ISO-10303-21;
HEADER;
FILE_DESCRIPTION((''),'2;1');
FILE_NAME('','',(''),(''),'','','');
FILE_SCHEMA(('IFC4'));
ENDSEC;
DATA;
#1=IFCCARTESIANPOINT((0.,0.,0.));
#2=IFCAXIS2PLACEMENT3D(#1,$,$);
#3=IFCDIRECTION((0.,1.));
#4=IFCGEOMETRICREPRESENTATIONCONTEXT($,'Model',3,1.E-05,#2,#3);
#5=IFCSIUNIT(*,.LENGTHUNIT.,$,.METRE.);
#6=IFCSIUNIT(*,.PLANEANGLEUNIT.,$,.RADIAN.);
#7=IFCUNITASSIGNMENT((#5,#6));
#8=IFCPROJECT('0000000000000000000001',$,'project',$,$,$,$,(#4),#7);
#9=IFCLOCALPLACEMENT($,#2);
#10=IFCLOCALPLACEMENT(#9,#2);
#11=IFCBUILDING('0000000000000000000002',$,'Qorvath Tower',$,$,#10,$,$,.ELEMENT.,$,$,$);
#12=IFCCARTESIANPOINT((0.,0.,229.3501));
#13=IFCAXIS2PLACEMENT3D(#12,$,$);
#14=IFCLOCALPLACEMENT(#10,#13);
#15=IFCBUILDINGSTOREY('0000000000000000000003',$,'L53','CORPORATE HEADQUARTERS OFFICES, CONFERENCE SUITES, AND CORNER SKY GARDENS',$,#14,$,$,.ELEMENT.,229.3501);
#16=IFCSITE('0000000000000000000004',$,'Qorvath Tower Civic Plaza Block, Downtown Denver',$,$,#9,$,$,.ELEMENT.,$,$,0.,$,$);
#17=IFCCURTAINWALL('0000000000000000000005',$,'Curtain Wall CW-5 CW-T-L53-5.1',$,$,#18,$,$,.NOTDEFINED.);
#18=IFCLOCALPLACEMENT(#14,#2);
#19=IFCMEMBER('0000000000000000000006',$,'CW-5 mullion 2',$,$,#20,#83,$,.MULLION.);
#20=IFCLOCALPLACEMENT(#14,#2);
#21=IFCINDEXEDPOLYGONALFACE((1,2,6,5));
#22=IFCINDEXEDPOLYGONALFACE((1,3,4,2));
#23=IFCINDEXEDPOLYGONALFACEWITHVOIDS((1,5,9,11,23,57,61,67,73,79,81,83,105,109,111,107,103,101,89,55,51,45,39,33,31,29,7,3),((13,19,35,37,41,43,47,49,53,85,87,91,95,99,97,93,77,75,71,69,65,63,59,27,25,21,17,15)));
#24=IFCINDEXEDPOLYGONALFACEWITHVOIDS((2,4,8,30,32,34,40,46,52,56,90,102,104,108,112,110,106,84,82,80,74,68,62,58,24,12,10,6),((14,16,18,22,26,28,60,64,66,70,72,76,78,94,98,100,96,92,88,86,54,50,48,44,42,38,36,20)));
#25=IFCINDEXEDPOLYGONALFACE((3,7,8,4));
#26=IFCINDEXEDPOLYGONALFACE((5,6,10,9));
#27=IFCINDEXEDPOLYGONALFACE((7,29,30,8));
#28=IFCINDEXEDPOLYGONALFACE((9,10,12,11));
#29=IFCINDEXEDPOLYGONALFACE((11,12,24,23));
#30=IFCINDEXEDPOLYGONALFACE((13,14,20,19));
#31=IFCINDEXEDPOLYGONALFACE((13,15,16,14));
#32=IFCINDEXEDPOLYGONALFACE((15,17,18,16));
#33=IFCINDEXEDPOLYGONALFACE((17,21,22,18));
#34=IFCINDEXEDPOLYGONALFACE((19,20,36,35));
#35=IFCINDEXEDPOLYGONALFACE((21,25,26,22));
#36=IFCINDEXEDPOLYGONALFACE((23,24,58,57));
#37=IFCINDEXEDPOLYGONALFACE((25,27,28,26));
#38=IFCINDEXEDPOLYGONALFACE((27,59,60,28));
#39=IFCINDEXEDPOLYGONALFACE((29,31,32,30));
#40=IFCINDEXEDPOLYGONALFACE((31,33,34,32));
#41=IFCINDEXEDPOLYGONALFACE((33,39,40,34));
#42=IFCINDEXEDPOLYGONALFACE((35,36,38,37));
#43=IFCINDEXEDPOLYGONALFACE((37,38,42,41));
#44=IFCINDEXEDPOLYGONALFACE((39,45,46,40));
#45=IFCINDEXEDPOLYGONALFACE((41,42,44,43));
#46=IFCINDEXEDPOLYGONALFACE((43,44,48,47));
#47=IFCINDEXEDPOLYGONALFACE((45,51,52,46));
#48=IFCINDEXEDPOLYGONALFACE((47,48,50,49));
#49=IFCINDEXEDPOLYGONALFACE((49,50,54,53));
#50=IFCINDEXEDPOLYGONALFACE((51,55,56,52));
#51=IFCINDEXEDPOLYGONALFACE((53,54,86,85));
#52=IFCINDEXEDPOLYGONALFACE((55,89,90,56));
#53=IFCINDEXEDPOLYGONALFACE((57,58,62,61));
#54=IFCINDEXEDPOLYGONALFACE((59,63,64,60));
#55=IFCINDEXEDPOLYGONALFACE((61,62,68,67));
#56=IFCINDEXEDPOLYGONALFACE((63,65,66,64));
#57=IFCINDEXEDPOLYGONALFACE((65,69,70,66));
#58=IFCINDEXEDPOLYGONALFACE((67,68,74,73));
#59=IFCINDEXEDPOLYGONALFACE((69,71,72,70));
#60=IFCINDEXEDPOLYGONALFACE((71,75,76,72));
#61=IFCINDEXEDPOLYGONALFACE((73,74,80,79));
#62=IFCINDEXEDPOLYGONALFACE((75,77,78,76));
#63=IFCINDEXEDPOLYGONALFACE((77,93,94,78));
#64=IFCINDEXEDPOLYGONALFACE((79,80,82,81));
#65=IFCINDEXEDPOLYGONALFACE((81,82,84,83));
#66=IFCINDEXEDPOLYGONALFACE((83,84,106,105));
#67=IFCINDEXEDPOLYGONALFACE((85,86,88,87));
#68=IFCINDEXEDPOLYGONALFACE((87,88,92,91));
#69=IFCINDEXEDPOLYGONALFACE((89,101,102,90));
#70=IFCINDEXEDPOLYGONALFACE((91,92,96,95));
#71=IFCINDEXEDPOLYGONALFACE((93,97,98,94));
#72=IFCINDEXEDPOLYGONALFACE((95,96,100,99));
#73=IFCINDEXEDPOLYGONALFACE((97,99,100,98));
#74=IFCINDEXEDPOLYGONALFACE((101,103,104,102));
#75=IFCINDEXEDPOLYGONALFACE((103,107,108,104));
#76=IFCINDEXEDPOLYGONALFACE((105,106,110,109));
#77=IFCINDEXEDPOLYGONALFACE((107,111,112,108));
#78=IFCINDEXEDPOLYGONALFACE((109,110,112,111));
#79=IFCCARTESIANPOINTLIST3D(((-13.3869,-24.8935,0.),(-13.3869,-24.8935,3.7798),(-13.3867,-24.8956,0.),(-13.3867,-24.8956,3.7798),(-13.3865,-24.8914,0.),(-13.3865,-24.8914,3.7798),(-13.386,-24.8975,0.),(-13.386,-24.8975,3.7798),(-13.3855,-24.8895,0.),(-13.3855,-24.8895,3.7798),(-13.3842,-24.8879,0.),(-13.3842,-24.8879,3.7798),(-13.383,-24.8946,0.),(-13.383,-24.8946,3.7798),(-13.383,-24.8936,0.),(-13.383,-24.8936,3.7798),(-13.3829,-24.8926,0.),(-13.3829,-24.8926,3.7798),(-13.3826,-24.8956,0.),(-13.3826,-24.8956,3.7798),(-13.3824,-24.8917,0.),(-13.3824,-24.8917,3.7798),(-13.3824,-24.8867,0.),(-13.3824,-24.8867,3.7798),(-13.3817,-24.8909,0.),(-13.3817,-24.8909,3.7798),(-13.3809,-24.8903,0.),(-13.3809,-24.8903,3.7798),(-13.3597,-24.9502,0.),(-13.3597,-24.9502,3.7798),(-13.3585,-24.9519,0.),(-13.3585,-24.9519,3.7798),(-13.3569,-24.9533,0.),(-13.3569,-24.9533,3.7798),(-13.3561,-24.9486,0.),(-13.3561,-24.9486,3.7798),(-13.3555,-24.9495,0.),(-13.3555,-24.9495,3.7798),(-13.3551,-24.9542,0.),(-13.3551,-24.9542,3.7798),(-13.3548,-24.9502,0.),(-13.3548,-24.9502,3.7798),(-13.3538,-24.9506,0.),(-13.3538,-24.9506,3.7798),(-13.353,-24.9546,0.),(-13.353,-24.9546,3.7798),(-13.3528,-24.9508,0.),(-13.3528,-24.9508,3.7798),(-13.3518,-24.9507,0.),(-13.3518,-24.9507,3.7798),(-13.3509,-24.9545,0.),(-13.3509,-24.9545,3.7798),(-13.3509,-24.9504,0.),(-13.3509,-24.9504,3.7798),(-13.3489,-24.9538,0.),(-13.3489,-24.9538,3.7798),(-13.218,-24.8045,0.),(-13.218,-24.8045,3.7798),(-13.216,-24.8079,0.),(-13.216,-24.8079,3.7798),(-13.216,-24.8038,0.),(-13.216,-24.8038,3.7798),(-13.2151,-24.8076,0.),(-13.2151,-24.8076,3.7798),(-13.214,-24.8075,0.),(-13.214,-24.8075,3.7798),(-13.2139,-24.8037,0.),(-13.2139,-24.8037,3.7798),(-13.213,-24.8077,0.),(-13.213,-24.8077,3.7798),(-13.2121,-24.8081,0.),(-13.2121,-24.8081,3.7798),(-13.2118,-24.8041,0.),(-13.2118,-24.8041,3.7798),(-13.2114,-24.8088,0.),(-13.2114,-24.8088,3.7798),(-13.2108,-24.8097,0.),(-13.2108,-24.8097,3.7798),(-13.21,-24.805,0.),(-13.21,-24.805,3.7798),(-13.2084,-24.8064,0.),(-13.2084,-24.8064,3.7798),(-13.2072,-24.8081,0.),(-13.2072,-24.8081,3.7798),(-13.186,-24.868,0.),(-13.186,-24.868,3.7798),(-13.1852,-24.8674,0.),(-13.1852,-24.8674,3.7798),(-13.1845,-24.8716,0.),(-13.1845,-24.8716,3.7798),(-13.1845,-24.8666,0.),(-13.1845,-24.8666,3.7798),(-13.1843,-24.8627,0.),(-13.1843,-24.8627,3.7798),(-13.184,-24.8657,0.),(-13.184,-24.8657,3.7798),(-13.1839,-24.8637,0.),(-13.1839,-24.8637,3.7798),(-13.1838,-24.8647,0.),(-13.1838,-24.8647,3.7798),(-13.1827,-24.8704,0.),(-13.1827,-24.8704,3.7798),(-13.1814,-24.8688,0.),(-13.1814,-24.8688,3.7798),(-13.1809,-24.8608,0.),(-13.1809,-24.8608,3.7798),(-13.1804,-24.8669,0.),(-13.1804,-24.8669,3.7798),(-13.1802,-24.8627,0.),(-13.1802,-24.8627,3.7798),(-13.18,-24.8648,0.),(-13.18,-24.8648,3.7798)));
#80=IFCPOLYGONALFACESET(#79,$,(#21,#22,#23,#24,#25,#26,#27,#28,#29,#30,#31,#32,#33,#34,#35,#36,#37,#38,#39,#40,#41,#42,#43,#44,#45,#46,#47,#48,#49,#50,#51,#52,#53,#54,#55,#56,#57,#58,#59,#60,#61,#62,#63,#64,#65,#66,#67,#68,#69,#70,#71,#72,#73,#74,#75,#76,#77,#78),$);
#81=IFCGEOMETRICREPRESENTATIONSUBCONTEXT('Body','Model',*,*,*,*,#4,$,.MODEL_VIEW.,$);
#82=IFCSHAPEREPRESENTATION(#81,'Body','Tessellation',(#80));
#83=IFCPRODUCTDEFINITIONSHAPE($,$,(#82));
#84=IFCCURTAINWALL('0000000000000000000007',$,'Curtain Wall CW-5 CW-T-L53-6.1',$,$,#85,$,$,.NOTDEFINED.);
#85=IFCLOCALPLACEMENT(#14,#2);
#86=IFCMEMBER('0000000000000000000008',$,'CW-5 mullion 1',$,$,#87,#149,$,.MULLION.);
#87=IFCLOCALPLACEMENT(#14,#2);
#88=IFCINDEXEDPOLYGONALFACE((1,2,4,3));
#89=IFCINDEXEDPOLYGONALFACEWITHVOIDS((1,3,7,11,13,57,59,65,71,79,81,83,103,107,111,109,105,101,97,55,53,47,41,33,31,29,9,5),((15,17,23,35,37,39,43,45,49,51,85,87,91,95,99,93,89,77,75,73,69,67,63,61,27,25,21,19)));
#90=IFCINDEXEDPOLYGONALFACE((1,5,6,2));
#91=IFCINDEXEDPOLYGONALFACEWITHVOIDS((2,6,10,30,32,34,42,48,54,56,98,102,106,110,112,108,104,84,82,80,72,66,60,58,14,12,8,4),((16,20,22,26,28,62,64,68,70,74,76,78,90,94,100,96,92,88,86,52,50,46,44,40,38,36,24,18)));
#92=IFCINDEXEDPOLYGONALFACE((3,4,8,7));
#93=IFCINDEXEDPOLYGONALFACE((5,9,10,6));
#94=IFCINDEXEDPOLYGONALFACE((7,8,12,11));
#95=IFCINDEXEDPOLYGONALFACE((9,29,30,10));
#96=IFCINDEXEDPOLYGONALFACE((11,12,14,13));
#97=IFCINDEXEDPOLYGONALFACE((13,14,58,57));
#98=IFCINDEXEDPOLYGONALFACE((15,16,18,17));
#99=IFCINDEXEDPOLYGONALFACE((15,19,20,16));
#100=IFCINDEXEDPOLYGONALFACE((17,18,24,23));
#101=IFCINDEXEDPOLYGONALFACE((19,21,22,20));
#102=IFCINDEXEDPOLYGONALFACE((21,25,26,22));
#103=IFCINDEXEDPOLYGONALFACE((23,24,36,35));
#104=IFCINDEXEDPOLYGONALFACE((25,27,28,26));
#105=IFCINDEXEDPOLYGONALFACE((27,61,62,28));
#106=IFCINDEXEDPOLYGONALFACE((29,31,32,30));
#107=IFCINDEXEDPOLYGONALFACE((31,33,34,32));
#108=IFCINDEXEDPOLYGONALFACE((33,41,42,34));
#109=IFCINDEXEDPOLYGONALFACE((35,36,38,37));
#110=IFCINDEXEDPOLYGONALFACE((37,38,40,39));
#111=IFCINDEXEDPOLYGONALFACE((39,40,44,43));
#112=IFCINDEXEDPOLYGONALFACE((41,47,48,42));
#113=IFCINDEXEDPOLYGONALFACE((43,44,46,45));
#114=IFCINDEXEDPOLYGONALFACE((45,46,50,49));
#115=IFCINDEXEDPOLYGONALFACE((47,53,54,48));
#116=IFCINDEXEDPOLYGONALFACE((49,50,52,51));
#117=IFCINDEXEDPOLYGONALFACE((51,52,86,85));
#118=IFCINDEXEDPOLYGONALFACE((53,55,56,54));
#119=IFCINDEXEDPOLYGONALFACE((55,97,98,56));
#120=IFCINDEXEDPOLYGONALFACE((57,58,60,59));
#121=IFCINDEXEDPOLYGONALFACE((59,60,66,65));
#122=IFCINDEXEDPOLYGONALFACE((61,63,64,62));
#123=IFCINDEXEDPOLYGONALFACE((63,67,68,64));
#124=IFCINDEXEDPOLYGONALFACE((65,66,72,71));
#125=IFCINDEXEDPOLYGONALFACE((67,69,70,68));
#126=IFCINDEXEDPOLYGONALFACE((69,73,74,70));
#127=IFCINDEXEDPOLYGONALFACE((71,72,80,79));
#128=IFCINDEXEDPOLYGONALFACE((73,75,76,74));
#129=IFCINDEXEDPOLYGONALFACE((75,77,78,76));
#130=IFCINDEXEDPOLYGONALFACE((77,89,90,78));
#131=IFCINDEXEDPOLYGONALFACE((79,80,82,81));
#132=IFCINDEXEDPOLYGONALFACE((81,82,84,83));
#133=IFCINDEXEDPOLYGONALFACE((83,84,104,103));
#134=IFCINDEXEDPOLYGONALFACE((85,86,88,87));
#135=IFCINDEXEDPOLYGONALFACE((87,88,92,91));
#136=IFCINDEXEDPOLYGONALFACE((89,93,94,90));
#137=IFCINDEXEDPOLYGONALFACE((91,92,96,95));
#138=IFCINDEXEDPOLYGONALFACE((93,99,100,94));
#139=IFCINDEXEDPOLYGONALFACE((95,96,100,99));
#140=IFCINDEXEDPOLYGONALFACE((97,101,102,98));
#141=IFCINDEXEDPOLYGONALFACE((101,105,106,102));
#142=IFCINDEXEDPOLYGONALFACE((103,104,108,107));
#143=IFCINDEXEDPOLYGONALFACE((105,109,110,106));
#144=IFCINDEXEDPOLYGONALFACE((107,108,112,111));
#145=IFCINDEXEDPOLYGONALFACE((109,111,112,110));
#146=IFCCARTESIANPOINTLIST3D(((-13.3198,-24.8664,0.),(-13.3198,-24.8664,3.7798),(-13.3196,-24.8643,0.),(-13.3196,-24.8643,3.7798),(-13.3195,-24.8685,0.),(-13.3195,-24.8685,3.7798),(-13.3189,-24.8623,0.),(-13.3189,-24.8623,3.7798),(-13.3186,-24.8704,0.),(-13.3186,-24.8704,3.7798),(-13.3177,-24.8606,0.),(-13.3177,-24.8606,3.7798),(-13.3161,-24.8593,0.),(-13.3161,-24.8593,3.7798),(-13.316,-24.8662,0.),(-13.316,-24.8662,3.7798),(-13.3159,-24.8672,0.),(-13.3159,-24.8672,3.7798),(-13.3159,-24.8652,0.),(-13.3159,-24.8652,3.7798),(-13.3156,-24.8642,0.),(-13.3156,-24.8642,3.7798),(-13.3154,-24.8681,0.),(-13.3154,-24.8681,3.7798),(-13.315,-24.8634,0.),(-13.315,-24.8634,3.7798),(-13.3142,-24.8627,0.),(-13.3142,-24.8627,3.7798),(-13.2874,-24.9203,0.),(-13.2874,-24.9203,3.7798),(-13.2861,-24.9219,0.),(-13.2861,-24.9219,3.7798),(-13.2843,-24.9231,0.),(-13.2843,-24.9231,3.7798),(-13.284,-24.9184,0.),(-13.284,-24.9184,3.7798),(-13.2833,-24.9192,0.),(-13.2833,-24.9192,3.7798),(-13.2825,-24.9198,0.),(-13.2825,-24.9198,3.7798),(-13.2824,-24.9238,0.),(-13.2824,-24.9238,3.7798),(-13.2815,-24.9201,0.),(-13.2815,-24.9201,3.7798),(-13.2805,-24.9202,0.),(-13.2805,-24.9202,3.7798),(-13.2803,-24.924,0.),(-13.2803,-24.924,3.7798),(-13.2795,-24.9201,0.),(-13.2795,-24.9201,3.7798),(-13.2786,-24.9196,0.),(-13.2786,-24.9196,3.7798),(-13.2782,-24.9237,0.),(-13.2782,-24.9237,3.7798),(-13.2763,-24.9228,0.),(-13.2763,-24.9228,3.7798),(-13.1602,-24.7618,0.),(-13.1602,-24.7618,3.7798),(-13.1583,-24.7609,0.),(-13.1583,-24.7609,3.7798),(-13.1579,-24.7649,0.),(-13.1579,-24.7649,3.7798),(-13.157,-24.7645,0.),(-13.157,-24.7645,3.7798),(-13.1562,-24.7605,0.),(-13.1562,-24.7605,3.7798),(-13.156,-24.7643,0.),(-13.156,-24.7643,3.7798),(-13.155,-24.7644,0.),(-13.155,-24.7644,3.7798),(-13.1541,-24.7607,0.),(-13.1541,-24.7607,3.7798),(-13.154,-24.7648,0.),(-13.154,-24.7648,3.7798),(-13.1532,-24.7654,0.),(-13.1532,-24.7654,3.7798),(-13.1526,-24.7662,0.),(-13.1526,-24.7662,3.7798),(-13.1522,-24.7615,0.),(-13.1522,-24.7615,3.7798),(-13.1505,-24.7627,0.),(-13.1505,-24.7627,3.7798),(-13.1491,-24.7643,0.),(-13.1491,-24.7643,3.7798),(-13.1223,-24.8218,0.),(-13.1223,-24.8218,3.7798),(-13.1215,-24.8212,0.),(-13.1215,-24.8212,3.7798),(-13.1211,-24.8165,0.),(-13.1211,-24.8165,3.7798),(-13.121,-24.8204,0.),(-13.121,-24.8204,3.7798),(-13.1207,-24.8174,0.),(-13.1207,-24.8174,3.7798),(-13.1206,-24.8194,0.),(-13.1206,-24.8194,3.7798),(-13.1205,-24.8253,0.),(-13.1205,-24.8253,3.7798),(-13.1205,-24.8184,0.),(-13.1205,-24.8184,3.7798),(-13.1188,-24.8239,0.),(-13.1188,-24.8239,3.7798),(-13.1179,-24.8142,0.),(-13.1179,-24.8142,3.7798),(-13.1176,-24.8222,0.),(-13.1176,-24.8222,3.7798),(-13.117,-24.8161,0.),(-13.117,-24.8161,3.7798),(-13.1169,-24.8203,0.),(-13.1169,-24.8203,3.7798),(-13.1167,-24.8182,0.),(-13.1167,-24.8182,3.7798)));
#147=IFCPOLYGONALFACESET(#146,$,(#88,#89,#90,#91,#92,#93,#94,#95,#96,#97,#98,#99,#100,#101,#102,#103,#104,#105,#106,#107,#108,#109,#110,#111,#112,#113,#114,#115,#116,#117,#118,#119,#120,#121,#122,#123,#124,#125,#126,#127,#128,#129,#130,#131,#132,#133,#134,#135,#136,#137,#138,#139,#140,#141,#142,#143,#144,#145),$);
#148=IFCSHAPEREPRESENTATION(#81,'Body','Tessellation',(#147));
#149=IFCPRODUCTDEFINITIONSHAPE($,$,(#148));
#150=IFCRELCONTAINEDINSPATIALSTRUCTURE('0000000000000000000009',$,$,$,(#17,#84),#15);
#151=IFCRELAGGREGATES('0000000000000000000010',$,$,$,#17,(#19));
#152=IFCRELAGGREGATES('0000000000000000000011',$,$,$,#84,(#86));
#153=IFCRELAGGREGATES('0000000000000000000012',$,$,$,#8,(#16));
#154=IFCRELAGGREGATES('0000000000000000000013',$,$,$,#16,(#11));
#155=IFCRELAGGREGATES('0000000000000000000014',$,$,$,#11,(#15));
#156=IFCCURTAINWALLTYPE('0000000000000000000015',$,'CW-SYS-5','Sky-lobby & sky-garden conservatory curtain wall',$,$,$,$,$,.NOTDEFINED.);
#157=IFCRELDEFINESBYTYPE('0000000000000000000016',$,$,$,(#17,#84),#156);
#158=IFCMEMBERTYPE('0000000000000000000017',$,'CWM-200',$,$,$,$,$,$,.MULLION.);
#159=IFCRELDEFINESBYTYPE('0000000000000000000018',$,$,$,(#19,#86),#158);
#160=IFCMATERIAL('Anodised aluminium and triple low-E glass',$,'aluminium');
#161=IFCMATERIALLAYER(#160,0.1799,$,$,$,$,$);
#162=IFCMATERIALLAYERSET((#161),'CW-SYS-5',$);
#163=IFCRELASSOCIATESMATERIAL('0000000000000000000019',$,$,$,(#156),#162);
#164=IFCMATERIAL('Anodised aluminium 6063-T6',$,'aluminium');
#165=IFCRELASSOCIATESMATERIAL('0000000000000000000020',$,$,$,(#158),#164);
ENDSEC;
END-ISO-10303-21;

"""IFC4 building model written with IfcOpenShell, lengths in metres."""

from ifc_helpers import new_model, si_unit, direction, frame, origin, origin_2d, place, context, subcontext, project, spatial, hollow_rectangle, extrude, material, layer, layer_set, material_profile, profile_set, type_object, element, aggregate, save


model = new_model("IFC4")

# Units and contexts
model_context = context("Model", 3, precision=1e-05, world=origin(), true_north=direction((0.0, 1.0)))
body_context = subcontext(model_context, "Body", "Model", "MODEL_VIEW")
ifc_project = project(units=[si_unit("LENGTHUNIT", "METRE"), si_unit("PLANEANGLEUNIT", "RADIAN")], contexts=[model_context])

# Site, building, storey
site_placement = place(None, origin())
site = spatial("IfcSite", under=ifc_project, at=site_placement, Name="Qorvath Tower Civic Plaza Block, Downtown Denver", CompositionType="ELEMENT", RefElevation=0.0)
building_placement = place(site_placement, origin())
building = spatial("IfcBuilding", under=site, at=building_placement, Name="Qorvath Tower", CompositionType="ELEMENT")
storey_placement = place(building_placement, frame((0.0, 0.0, 229.3501)))
storey = spatial("IfcBuildingStorey", under=building, at=storey_placement, Name="L53", Description="CORPORATE HEADQUARTERS OFFICES, CONFERENCE SUITES, AND CORNER SKY GARDENS", CompositionType="ELEMENT", Elevation=229.3501)

# Shared definitions
ifc_material_1 = material(Name="Anodised aluminium and triple low-E glass", Category="aluminium")
ifc_layer_1 = layer(ifc_material_1, 0.1799)
ifc_layer_set_1 = layer_set([ifc_layer_1], Name="CW-SYS-5")
curtain_wall_type = type_object("IfcCurtainWallType", Name="CW-SYS-5", Description="Sky-lobby & sky-garden conservatory curtain wall", PredefinedType="NOTDEFINED", material=ifc_layer_set_1)
ifc_material_2 = material(Name="Anodised aluminium 6063-T6", Category="aluminium")
ifc_material_profile_1 = material_profile(ifc_material_2, hollow_rectangle(XDim=0.075, YDim=0.2, WallThickness=0.0039, InnerFilletRadius=0.0039, OuterFilletRadius=0.0081, at=origin_2d()), Name="CWM 200x75")
ifc_profile_set_1 = profile_set([ifc_material_profile_1], Name="Anodised aluminium 6063-T6")
member_type_1 = type_object("IfcMemberType", Name="CWM-200", PredefinedType="MULLION", material=ifc_profile_set_1)

# Curtain walls, members
curtain_wall_1_placement = place(storey_placement, origin())
curtain_wall_1 = element("IfcCurtainWall", 1, at=curtain_wall_1_placement, inside=storey, type_object=curtain_wall_type, Name="Curtain Wall CW-5 CW-T-L53-5.1", PredefinedType="NOTDEFINED")
member_1_placement = place(storey_placement, frame((-13.2834, -24.8792, 0.0), z_axis=(0.0, 0.0, 1.0), x_axis=(-0.447232, 0.894418, 0.0)))
member_1 = element("IfcMember", 2, at=member_1_placement, type_object=member_type_1, Name="CW-5 mullion 2", PredefinedType="MULLION", context=body_context, shape_type="SweptSolid", body=[
    extrude(hollow_rectangle(XDim=0.075, YDim=0.2, WallThickness=0.0039, InnerFilletRadius=0.0039, OuterFilletRadius=0.0081, at=origin_2d()), origin(), (0.0, 0.0, 1.0), 3.7798),
])
curtain_wall_2_placement = place(storey_placement, origin())
curtain_wall_2 = element("IfcCurtainWall", 3, at=curtain_wall_2_placement, inside=storey, type_object=curtain_wall_type, Name="Curtain Wall CW-5 CW-T-L53-6.1", PredefinedType="NOTDEFINED")
member_2_placement = place(storey_placement, frame((-13.2183, -24.8423, 0.0), z_axis=(0.0, 0.0, 1.0), x_axis=(-0.530545, 0.847657, 0.0)))
member_2 = element("IfcMember", 4, at=member_2_placement, type_object=member_type_1, Name="CW-5 mullion 1", PredefinedType="MULLION", context=body_context, shape_type="SweptSolid", body=[
    extrude(hollow_rectangle(XDim=0.075, YDim=0.2, WallThickness=0.0039, InnerFilletRadius=0.0039, OuterFilletRadius=0.0081, at=origin_2d()), origin(), (0.0, 0.0, 1.0), 3.7798),
])

aggregate(curtain_wall_1, [member_1])
aggregate(curtain_wall_2, [member_2])

save(model, "model.ifc")
